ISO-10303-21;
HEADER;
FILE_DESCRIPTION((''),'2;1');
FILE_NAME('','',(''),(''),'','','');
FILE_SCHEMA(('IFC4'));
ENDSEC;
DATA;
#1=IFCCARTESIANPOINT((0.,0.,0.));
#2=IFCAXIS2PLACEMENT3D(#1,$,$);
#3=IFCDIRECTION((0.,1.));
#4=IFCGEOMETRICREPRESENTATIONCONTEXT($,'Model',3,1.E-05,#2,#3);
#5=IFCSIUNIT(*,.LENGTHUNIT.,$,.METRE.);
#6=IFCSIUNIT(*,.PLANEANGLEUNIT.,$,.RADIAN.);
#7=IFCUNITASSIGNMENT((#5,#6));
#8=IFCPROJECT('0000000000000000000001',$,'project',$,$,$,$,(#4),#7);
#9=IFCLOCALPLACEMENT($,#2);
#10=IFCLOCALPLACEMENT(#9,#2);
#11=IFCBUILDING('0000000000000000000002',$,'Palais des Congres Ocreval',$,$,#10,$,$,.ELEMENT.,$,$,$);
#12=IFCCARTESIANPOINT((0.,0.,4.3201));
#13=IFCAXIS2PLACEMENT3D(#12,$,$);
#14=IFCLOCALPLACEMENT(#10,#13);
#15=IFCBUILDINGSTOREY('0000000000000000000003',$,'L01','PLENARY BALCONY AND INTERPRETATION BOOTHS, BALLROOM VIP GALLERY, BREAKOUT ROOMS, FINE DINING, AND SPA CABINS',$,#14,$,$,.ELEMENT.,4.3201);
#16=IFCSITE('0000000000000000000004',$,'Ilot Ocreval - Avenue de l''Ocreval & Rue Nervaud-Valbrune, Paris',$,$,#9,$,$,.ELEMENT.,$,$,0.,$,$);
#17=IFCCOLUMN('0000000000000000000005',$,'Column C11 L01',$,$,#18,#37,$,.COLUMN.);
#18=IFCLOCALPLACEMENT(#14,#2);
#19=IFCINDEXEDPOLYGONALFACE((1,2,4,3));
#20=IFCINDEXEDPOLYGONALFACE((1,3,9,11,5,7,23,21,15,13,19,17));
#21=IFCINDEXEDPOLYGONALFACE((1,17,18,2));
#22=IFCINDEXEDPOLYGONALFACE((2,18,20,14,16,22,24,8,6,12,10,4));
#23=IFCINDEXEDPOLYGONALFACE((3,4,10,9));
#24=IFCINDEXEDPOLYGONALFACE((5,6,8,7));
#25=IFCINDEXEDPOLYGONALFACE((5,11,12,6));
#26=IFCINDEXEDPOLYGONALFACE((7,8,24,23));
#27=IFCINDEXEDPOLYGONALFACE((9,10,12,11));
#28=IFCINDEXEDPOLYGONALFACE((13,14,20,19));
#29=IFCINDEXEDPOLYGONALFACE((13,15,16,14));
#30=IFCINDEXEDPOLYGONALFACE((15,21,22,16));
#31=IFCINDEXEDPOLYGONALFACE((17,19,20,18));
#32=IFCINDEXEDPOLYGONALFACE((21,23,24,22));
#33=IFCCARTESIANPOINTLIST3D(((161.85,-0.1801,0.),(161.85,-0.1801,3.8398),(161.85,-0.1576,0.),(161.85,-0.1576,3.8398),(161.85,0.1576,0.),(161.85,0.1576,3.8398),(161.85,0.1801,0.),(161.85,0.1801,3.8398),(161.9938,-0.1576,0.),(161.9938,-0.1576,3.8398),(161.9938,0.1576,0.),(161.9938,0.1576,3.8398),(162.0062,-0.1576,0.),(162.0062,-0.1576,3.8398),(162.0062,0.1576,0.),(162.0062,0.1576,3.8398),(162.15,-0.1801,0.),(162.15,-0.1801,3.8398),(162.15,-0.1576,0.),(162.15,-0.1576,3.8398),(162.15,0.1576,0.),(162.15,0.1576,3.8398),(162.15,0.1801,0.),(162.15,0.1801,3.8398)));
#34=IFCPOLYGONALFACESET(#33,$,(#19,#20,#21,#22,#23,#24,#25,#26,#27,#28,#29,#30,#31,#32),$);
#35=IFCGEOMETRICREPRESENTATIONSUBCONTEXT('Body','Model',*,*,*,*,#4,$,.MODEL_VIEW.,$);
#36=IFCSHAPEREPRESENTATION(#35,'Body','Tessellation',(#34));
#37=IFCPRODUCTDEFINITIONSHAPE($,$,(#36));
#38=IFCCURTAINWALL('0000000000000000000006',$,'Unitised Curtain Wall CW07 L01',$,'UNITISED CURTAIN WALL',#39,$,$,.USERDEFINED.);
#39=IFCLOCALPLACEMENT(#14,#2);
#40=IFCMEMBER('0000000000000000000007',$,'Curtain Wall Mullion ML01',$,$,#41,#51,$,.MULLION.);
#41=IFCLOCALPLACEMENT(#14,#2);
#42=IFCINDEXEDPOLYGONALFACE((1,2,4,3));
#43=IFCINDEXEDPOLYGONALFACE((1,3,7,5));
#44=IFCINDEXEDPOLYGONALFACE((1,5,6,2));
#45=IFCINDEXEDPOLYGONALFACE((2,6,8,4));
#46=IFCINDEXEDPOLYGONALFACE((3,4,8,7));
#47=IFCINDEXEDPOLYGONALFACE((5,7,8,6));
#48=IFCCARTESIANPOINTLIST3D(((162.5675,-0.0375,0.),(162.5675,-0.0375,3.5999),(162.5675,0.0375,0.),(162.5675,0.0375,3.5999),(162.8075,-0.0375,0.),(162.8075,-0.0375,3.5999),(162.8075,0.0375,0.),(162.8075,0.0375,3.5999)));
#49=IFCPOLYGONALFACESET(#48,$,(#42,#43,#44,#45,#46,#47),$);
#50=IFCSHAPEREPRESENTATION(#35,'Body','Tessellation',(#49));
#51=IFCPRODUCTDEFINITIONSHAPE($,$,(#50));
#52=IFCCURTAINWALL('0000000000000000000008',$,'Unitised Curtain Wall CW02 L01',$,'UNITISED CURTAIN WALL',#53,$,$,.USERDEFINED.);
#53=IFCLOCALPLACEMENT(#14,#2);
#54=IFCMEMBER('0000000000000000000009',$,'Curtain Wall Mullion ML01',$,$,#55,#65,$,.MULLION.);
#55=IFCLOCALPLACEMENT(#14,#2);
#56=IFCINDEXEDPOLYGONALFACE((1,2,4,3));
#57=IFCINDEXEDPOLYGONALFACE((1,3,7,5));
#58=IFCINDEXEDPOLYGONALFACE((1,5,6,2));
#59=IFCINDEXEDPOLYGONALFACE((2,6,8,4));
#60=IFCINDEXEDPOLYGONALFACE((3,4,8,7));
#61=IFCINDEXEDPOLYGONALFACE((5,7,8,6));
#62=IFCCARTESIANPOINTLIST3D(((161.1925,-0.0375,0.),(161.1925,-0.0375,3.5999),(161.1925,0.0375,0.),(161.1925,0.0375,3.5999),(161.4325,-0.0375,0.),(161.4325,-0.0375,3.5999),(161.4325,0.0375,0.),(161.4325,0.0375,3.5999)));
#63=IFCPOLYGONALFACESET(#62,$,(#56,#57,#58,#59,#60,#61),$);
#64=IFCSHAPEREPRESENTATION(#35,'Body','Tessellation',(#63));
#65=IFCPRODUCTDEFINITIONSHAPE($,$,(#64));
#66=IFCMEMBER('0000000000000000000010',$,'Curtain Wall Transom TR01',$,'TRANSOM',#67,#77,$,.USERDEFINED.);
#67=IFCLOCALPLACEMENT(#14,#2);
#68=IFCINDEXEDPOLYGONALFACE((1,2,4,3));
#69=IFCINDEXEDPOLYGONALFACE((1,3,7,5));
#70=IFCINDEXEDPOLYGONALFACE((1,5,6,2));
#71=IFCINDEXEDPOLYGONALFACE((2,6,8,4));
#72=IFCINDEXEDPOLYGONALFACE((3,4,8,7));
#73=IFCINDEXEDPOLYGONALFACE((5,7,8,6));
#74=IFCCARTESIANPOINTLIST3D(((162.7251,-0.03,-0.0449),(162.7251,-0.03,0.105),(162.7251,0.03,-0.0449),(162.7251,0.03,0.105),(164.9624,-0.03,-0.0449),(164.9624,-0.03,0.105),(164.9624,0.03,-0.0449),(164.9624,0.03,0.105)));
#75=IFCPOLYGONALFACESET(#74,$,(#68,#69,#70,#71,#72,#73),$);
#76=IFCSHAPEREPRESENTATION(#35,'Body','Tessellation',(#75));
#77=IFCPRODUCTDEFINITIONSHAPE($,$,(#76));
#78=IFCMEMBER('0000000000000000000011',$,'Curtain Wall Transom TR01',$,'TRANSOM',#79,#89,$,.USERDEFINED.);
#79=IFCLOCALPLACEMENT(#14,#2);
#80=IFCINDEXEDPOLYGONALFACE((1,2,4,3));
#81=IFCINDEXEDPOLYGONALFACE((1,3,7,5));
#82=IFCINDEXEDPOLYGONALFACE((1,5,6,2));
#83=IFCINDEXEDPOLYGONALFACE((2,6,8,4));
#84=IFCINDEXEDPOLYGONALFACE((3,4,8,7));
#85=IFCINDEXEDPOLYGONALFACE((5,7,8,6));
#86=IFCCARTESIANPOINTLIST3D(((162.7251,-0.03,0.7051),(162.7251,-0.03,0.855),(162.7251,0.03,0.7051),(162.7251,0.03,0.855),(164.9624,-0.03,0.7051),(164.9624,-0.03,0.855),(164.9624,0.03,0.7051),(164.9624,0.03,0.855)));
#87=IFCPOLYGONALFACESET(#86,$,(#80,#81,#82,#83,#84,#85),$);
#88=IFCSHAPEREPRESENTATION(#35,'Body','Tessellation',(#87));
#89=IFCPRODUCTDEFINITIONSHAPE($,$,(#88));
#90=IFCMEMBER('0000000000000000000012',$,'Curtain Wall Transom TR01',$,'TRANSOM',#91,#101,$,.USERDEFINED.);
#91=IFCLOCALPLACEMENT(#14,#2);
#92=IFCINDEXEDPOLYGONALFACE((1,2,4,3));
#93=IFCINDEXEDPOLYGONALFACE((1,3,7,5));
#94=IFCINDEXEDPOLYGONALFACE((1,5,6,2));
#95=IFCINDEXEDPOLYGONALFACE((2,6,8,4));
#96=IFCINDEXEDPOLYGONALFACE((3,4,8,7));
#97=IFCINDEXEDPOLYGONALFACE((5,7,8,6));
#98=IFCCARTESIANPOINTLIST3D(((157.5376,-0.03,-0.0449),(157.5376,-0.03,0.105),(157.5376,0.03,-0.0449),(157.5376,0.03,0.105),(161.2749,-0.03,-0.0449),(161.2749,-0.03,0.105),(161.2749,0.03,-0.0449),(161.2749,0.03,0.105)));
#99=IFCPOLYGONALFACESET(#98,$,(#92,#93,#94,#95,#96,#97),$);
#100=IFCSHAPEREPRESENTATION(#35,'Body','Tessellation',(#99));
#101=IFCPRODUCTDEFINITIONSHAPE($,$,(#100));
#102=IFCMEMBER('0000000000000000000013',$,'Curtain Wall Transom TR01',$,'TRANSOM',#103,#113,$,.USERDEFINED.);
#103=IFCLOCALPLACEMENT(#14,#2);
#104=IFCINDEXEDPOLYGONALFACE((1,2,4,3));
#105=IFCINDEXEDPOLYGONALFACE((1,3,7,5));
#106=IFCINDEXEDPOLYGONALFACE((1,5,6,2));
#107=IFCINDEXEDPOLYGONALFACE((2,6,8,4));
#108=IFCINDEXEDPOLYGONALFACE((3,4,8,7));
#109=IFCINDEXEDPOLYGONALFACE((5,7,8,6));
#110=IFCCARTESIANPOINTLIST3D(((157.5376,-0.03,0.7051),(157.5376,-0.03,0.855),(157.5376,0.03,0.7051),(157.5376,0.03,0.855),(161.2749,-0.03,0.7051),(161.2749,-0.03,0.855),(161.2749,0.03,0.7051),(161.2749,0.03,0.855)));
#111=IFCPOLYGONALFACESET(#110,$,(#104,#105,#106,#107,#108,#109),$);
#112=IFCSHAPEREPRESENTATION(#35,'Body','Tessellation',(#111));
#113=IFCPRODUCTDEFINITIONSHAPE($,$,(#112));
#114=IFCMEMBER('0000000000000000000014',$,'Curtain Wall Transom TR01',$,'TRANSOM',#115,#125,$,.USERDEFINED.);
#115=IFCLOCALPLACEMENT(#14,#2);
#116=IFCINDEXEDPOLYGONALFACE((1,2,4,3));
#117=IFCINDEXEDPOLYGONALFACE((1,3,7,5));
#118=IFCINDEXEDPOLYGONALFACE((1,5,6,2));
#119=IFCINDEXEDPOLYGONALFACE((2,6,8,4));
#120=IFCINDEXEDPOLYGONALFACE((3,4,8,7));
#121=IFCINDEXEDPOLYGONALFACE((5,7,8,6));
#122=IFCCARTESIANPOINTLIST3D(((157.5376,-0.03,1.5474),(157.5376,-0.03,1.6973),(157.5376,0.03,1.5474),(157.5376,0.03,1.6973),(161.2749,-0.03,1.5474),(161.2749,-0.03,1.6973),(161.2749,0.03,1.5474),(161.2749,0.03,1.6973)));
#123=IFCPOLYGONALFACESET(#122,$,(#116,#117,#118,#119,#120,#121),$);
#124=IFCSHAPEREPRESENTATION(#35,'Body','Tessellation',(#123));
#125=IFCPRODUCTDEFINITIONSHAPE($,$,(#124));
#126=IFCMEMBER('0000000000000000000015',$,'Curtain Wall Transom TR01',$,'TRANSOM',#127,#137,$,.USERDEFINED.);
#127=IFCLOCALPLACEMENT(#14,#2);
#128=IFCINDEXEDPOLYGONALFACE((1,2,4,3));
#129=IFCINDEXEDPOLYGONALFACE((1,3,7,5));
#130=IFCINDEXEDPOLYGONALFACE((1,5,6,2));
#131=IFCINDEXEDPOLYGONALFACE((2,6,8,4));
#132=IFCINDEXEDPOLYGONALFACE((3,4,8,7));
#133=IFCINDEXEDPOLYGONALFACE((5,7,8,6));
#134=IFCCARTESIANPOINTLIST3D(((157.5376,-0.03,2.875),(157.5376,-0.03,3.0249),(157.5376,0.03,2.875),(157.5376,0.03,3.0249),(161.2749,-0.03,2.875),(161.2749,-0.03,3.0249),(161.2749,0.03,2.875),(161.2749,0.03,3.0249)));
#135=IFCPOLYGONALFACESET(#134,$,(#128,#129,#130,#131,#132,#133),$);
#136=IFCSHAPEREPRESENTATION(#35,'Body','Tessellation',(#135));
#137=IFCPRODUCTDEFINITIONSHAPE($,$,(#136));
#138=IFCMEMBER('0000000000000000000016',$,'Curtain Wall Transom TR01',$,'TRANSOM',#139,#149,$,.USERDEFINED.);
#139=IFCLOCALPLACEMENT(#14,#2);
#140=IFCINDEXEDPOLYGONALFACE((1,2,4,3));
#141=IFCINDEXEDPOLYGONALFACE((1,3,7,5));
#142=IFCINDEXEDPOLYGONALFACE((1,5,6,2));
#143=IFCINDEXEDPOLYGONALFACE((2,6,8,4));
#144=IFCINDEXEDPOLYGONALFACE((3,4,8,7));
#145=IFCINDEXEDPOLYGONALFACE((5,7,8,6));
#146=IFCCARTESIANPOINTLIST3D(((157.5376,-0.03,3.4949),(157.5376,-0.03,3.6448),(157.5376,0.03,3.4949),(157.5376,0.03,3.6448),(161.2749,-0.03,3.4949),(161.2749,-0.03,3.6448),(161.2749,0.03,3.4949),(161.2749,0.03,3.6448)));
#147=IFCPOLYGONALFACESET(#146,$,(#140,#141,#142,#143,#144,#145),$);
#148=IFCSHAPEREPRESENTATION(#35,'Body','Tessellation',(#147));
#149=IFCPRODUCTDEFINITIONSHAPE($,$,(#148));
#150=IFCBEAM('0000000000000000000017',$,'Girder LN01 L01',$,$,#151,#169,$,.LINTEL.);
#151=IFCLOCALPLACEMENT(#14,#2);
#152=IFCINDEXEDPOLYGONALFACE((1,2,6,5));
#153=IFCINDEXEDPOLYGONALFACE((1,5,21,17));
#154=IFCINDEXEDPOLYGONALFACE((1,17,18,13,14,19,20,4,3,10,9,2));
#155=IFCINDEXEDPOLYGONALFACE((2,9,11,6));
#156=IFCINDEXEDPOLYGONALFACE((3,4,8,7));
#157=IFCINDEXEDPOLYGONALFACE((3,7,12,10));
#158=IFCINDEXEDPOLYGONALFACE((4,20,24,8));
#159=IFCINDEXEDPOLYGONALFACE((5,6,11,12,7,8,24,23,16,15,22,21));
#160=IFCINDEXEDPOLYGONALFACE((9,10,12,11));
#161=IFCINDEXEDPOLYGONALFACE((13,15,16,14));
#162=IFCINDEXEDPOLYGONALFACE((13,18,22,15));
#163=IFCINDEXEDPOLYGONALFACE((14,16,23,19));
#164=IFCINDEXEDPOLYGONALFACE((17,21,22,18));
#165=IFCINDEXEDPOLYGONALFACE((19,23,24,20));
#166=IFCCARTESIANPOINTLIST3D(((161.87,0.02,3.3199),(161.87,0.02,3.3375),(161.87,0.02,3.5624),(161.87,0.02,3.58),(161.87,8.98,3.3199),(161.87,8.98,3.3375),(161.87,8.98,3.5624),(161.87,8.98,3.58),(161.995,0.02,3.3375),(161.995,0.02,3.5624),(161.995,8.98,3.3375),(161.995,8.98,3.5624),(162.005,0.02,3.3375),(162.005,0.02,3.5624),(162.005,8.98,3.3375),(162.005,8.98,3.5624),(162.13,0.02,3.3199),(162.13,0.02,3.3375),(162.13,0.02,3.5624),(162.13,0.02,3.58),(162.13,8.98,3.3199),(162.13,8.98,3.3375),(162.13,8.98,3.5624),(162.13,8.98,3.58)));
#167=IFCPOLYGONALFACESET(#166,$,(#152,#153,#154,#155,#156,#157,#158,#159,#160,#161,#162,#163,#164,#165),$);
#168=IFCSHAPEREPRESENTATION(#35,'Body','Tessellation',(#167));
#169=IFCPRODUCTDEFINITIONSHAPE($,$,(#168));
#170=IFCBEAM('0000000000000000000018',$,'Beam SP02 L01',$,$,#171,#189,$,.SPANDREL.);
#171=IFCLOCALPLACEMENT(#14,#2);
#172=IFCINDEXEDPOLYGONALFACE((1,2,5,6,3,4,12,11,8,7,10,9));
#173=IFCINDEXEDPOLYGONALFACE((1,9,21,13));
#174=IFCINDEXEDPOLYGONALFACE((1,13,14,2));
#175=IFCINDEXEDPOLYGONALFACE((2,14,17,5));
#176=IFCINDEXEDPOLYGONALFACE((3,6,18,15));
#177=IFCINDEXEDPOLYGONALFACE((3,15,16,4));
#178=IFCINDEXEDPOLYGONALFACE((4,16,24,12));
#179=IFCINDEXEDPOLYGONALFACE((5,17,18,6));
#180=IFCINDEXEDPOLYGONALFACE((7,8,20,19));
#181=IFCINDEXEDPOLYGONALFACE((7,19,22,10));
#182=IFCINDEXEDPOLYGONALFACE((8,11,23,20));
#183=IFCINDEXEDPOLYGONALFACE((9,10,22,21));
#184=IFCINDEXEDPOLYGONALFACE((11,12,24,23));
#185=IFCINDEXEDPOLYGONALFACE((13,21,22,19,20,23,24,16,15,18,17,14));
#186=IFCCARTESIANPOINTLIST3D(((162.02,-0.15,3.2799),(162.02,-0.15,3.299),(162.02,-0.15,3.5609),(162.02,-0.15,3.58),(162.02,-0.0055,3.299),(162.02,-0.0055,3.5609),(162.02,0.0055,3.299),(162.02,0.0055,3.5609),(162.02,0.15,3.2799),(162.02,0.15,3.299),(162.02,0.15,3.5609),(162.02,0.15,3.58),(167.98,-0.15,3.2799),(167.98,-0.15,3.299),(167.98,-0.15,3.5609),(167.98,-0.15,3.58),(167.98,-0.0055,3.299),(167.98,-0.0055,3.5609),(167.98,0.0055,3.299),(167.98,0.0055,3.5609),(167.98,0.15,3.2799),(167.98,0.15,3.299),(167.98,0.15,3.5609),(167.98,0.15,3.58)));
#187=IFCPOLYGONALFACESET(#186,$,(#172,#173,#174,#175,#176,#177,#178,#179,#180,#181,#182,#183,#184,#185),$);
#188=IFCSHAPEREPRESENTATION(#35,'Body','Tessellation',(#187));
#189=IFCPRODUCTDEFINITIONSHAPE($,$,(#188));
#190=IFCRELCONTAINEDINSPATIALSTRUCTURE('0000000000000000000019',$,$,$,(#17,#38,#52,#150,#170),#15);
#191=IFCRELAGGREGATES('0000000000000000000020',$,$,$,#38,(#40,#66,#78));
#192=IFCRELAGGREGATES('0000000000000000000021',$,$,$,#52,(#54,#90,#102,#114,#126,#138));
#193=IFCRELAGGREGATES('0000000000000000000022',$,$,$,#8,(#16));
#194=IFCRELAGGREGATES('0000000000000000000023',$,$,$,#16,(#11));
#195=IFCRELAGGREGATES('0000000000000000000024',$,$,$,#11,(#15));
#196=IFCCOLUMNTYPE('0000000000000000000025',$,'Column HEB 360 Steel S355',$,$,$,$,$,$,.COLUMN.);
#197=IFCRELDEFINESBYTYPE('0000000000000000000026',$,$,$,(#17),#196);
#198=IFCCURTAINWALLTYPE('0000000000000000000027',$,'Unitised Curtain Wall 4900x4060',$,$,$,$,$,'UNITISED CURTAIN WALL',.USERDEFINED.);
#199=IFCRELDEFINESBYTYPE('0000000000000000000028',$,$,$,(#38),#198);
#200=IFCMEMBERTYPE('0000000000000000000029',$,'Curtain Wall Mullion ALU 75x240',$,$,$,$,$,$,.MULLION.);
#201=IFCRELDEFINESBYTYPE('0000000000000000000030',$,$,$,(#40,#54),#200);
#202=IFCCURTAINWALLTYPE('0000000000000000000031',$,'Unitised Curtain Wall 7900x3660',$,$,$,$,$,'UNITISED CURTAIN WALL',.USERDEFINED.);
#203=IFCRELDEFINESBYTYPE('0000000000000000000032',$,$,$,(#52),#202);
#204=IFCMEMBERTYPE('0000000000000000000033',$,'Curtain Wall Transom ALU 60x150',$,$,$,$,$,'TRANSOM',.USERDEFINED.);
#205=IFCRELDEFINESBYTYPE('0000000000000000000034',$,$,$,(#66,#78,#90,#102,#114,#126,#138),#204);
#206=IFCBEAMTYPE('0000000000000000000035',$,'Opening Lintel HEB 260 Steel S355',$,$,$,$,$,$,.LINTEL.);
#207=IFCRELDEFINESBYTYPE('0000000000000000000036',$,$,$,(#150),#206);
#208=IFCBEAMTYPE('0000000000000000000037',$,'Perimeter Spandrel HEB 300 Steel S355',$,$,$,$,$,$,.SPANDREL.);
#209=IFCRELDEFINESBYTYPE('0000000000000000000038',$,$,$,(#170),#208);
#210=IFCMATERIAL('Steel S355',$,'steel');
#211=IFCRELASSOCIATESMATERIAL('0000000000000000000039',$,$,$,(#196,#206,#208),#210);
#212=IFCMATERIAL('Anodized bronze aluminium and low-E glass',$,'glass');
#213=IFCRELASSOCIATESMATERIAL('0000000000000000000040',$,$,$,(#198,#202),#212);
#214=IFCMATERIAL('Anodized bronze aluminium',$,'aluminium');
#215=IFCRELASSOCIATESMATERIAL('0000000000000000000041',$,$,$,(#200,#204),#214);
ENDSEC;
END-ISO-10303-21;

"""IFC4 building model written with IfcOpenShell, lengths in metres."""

from ifc_helpers import new_model, si_unit, direction, frame, origin, origin_2d, place, context, subcontext, project, spatial, rectangle, i_section, extrude, material, material_profile, profile_set, type_object, element, aggregate, save


model = new_model("IFC4")

# Units and contexts
model_context = context("Model", 3, precision=1e-05, world=origin(), true_north=direction((0.0, 1.0)))
body_context = subcontext(model_context, "Body", "Model", "MODEL_VIEW")
ifc_project = project(units=[si_unit("LENGTHUNIT", "METRE"), si_unit("PLANEANGLEUNIT", "RADIAN")], contexts=[model_context])

# Site, building, storey
site_placement = place(None, origin())
site = spatial("IfcSite", under=ifc_project, at=site_placement, Name="Ilot Ocreval - Avenue de l'Ocreval & Rue Nervaud-Valbrune, Paris", CompositionType="ELEMENT", RefElevation=0.0)
building_placement = place(site_placement, origin())
building = spatial("IfcBuilding", under=site, at=building_placement, Name="Palais des Congres Ocreval", CompositionType="ELEMENT")
storey_placement = place(building_placement, frame((0.0, 0.0, 4.3201)))
storey = spatial("IfcBuildingStorey", under=building, at=storey_placement, Name="L01", Description="PLENARY BALCONY AND INTERPRETATION BOOTHS, BALLROOM VIP GALLERY, BREAKOUT ROOMS, FINE DINING, AND SPA CABINS", CompositionType="ELEMENT", Elevation=4.3201)

# Column
ifc_material_1 = material(Name="Steel S355", Category="steel")
ifc_material_profile_1 = material_profile(ifc_material_1, i_section(OverallWidth=0.3, OverallDepth=0.3601, WebThickness=0.0125, FlangeThickness=0.0225, at=origin_2d()), Name="HEB 360")
ifc_profile_set_1 = profile_set([ifc_material_profile_1], Name="Steel S355")
column_type = type_object("IfcColumnType", Name="Column HEB 360 Steel S355", PredefinedType="COLUMN", material=ifc_profile_set_1)
column_placement = place(storey_placement, frame((162.0, 0.0, 0.0), z_axis=(0.0, 0.0, 1.0), x_axis=(1.0, 0.0, 0.0)))
element("IfcColumn", 1, at=column_placement, inside=storey, type_object=column_type, Name="Column C11 L01", PredefinedType="COLUMN", context=body_context, shape_type="SweptSolid", body=[
    extrude(i_section(OverallWidth=0.3, OverallDepth=0.3601, WebThickness=0.0125, FlangeThickness=0.0225, at=origin_2d()), origin(), (0.0, 0.0, 1.0), 3.8398),
])

# Curtain walls, members
ifc_material_2 = material(Name="Anodized bronze aluminium and low-E glass", Category="glass")
curtain_wall_type_1 = type_object("IfcCurtainWallType", Name="Unitised Curtain Wall 4900x4060", ElementType="UNITISED CURTAIN WALL", PredefinedType="USERDEFINED", material=ifc_material_2)
curtain_wall_1_placement = place(storey_placement, origin())
curtain_wall_1 = element("IfcCurtainWall", 2, at=curtain_wall_1_placement, inside=storey, type_object=curtain_wall_type_1, Name="Unitised Curtain Wall CW07 L01", ObjectType="UNITISED CURTAIN WALL", PredefinedType="USERDEFINED")
ifc_material_3 = material(Name="Anodized bronze aluminium", Category="aluminium")
ifc_material_profile_2 = material_profile(ifc_material_3, rectangle(XDim=0.075, YDim=0.24, at=origin_2d()), Name="ALU 75x240")
ifc_profile_set_2 = profile_set([ifc_material_profile_2], Name="Anodized bronze aluminium")
member_type_1 = type_object("IfcMemberType", Name="Curtain Wall Mullion ALU 75x240", PredefinedType="MULLION", material=ifc_profile_set_2)
member_1_placement = place(storey_placement, frame((162.6875, 0.0, 0.0), z_axis=(0.0, 0.0, 1.0), x_axis=(0.0, -1.0, 0.0)))
member_1 = element("IfcMember", 3, at=member_1_placement, type_object=member_type_1, Name="Curtain Wall Mullion ML01", PredefinedType="MULLION", context=body_context, shape_type="SweptSolid", body=[
    extrude(rectangle(XDim=0.075, YDim=0.24, at=origin_2d()), origin(), (0.0, 0.0, 1.0), 3.5999),
])
curtain_wall_type_2 = type_object("IfcCurtainWallType", Name="Unitised Curtain Wall 7900x3660", ElementType="UNITISED CURTAIN WALL", PredefinedType="USERDEFINED", material=ifc_material_2)
curtain_wall_2_placement = place(storey_placement, origin())
curtain_wall_2 = element("IfcCurtainWall", 4, at=curtain_wall_2_placement, inside=storey, type_object=curtain_wall_type_2, Name="Unitised Curtain Wall CW02 L01", ObjectType="UNITISED CURTAIN WALL", PredefinedType="USERDEFINED")
member_2_placement = place(storey_placement, frame((161.3125, 0.0, 0.0), z_axis=(0.0, 0.0, 1.0), x_axis=(0.0, -1.0, 0.0)))
member_2 = element("IfcMember", 5, at=member_2_placement, type_object=member_type_1, Name="Curtain Wall Mullion ML01", PredefinedType="MULLION", context=body_context, shape_type="SweptSolid", body=[
    extrude(rectangle(XDim=0.075, YDim=0.24, at=origin_2d()), origin(), (0.0, 0.0, 1.0), 3.5999),
])

# Members
ifc_material_profile_3 = material_profile(ifc_material_3, rectangle(XDim=0.0601, YDim=0.1499, at=origin_2d()), Name="ALU 60x150")
ifc_profile_set_3 = profile_set([ifc_material_profile_3], Name="Anodized bronze aluminium")
member_type_2 = type_object("IfcMemberType", Name="Curtain Wall Transom ALU 60x150", ElementType="TRANSOM", PredefinedType="USERDEFINED", material=ifc_profile_set_3)
member_3_placement = place(storey_placement, frame((164.9624, 0.0, 0.03), z_axis=(-1.0, 0.0, 0.0), x_axis=(0.0, -1.0, 0.0)))
member_3 = element("IfcMember", 6, at=member_3_placement, type_object=member_type_2, Name="Curtain Wall Transom TR01", ObjectType="TRANSOM", PredefinedType="USERDEFINED", context=body_context, shape_type="SweptSolid", body=[
    extrude(rectangle(XDim=0.0601, YDim=0.1499, at=origin_2d()), origin(), (0.0, 0.0, 1.0), 2.2373),
])
member_4_placement = place(storey_placement, frame((164.9624, 0.0, 0.78), z_axis=(-1.0, 0.0, 0.0), x_axis=(0.0, -1.0, 0.0)))
member_4 = element("IfcMember", 7, at=member_4_placement, type_object=member_type_2, Name="Curtain Wall Transom TR01", ObjectType="TRANSOM", PredefinedType="USERDEFINED", context=body_context, shape_type="SweptSolid", body=[
    extrude(rectangle(XDim=0.0601, YDim=0.1499, at=origin_2d()), origin(), (0.0, 0.0, 1.0), 2.2373),
])
member_5_placement = place(storey_placement, frame((161.2749, 0.0, 0.03), z_axis=(-1.0, 0.0, 0.0), x_axis=(0.0, -1.0, 0.0)))
member_5 = element("IfcMember", 8, at=member_5_placement, type_object=member_type_2, Name="Curtain Wall Transom TR01", ObjectType="TRANSOM", PredefinedType="USERDEFINED", context=body_context, shape_type="SweptSolid", body=[
    extrude(rectangle(XDim=0.0601, YDim=0.1499, at=origin_2d()), origin(), (0.0, 0.0, 1.0), 3.7373),
])
member_6_placement = place(storey_placement, frame((161.2749, 0.0, 0.78), z_axis=(-1.0, 0.0, 0.0), x_axis=(0.0, -1.0, 0.0)))
member_6 = element("IfcMember", 9, at=member_6_placement, type_object=member_type_2, Name="Curtain Wall Transom TR01", ObjectType="TRANSOM", PredefinedType="USERDEFINED", context=body_context, shape_type="SweptSolid", body=[
    extrude(rectangle(XDim=0.0601, YDim=0.1499, at=origin_2d()), origin(), (0.0, 0.0, 1.0), 3.7373),
])
member_7_placement = place(storey_placement, frame((161.2749, 0.0, 1.6223), z_axis=(-1.0, 0.0, 0.0), x_axis=(0.0, -1.0, 0.0)))
member_7 = element("IfcMember", 10, at=member_7_placement, type_object=member_type_2, Name="Curtain Wall Transom TR01", ObjectType="TRANSOM", PredefinedType="USERDEFINED", context=body_context, shape_type="SweptSolid", body=[
    extrude(rectangle(XDim=0.0601, YDim=0.1499, at=origin_2d()), origin(), (0.0, 0.0, 1.0), 3.7373),
])
member_8_placement = place(storey_placement, frame((161.2749, 0.0, 2.95), z_axis=(-1.0, 0.0, 0.0), x_axis=(0.0, -1.0, 0.0)))
member_8 = element("IfcMember", 11, at=member_8_placement, type_object=member_type_2, Name="Curtain Wall Transom TR01", ObjectType="TRANSOM", PredefinedType="USERDEFINED", context=body_context, shape_type="SweptSolid", body=[
    extrude(rectangle(XDim=0.0601, YDim=0.1499, at=origin_2d()), origin(), (0.0, 0.0, 1.0), 3.7373),
])
member_9_placement = place(storey_placement, frame((161.2749, 0.0, 3.5698), z_axis=(-1.0, 0.0, 0.0), x_axis=(0.0, -1.0, 0.0)))
member_9 = element("IfcMember", 12, at=member_9_placement, type_object=member_type_2, Name="Curtain Wall Transom TR01", ObjectType="TRANSOM", PredefinedType="USERDEFINED", context=body_context, shape_type="SweptSolid", body=[
    extrude(rectangle(XDim=0.0601, YDim=0.1499, at=origin_2d()), origin(), (0.0, 0.0, 1.0), 3.7373),
])

# Beams
ifc_material_profile_4 = material_profile(ifc_material_1, i_section(OverallWidth=0.26, OverallDepth=0.26, WebThickness=0.01, FlangeThickness=0.0176, at=origin_2d()), Name="HEB 260")
ifc_profile_set_4 = profile_set([ifc_material_profile_4], Name="Steel S355")
beam_type_1 = type_object("IfcBeamType", Name="Opening Lintel HEB 260 Steel S355", PredefinedType="LINTEL", material=ifc_profile_set_4)
beam_1_placement = place(storey_placement, frame((162.0, 0.02, 3.45), z_axis=(0.0, 1.0, 0.0), x_axis=(-1.0, 0.0, 0.0)))
element("IfcBeam", 13, at=beam_1_placement, inside=storey, type_object=beam_type_1, Name="Girder LN01 L01", PredefinedType="LINTEL", context=body_context, shape_type="SweptSolid", body=[
    extrude(i_section(OverallWidth=0.26, OverallDepth=0.26, WebThickness=0.01, FlangeThickness=0.0176, at=origin_2d()), origin(), (0.0, 0.0, 1.0), 8.96),
])
ifc_material_profile_5 = material_profile(ifc_material_1, i_section(OverallWidth=0.3, OverallDepth=0.3, WebThickness=0.011, FlangeThickness=0.019, at=origin_2d()), Name="HEB 300")
ifc_profile_set_5 = profile_set([ifc_material_profile_5], Name="Steel S355")
beam_type_2 = type_object("IfcBeamType", Name="Perimeter Spandrel HEB 300 Steel S355", PredefinedType="SPANDREL", material=ifc_profile_set_5)
beam_2_placement = place(storey_placement, frame((162.02, 0.0, 3.4299), z_axis=(1.0, 0.0, 0.0), x_axis=(0.0, 1.0, 0.0)))
element("IfcBeam", 14, at=beam_2_placement, inside=storey, type_object=beam_type_2, Name="Beam SP02 L01", PredefinedType="SPANDREL", context=body_context, shape_type="SweptSolid", body=[
    extrude(i_section(OverallWidth=0.3, OverallDepth=0.3, WebThickness=0.011, FlangeThickness=0.019, at=origin_2d()), origin(), (0.0, 0.0, 1.0), 5.96),
])

aggregate(curtain_wall_1, [member_1, member_3, member_4])
aggregate(curtain_wall_2, [member_2, member_5, member_6, member_7, member_8, member_9])

save(model, "model.ifc")
